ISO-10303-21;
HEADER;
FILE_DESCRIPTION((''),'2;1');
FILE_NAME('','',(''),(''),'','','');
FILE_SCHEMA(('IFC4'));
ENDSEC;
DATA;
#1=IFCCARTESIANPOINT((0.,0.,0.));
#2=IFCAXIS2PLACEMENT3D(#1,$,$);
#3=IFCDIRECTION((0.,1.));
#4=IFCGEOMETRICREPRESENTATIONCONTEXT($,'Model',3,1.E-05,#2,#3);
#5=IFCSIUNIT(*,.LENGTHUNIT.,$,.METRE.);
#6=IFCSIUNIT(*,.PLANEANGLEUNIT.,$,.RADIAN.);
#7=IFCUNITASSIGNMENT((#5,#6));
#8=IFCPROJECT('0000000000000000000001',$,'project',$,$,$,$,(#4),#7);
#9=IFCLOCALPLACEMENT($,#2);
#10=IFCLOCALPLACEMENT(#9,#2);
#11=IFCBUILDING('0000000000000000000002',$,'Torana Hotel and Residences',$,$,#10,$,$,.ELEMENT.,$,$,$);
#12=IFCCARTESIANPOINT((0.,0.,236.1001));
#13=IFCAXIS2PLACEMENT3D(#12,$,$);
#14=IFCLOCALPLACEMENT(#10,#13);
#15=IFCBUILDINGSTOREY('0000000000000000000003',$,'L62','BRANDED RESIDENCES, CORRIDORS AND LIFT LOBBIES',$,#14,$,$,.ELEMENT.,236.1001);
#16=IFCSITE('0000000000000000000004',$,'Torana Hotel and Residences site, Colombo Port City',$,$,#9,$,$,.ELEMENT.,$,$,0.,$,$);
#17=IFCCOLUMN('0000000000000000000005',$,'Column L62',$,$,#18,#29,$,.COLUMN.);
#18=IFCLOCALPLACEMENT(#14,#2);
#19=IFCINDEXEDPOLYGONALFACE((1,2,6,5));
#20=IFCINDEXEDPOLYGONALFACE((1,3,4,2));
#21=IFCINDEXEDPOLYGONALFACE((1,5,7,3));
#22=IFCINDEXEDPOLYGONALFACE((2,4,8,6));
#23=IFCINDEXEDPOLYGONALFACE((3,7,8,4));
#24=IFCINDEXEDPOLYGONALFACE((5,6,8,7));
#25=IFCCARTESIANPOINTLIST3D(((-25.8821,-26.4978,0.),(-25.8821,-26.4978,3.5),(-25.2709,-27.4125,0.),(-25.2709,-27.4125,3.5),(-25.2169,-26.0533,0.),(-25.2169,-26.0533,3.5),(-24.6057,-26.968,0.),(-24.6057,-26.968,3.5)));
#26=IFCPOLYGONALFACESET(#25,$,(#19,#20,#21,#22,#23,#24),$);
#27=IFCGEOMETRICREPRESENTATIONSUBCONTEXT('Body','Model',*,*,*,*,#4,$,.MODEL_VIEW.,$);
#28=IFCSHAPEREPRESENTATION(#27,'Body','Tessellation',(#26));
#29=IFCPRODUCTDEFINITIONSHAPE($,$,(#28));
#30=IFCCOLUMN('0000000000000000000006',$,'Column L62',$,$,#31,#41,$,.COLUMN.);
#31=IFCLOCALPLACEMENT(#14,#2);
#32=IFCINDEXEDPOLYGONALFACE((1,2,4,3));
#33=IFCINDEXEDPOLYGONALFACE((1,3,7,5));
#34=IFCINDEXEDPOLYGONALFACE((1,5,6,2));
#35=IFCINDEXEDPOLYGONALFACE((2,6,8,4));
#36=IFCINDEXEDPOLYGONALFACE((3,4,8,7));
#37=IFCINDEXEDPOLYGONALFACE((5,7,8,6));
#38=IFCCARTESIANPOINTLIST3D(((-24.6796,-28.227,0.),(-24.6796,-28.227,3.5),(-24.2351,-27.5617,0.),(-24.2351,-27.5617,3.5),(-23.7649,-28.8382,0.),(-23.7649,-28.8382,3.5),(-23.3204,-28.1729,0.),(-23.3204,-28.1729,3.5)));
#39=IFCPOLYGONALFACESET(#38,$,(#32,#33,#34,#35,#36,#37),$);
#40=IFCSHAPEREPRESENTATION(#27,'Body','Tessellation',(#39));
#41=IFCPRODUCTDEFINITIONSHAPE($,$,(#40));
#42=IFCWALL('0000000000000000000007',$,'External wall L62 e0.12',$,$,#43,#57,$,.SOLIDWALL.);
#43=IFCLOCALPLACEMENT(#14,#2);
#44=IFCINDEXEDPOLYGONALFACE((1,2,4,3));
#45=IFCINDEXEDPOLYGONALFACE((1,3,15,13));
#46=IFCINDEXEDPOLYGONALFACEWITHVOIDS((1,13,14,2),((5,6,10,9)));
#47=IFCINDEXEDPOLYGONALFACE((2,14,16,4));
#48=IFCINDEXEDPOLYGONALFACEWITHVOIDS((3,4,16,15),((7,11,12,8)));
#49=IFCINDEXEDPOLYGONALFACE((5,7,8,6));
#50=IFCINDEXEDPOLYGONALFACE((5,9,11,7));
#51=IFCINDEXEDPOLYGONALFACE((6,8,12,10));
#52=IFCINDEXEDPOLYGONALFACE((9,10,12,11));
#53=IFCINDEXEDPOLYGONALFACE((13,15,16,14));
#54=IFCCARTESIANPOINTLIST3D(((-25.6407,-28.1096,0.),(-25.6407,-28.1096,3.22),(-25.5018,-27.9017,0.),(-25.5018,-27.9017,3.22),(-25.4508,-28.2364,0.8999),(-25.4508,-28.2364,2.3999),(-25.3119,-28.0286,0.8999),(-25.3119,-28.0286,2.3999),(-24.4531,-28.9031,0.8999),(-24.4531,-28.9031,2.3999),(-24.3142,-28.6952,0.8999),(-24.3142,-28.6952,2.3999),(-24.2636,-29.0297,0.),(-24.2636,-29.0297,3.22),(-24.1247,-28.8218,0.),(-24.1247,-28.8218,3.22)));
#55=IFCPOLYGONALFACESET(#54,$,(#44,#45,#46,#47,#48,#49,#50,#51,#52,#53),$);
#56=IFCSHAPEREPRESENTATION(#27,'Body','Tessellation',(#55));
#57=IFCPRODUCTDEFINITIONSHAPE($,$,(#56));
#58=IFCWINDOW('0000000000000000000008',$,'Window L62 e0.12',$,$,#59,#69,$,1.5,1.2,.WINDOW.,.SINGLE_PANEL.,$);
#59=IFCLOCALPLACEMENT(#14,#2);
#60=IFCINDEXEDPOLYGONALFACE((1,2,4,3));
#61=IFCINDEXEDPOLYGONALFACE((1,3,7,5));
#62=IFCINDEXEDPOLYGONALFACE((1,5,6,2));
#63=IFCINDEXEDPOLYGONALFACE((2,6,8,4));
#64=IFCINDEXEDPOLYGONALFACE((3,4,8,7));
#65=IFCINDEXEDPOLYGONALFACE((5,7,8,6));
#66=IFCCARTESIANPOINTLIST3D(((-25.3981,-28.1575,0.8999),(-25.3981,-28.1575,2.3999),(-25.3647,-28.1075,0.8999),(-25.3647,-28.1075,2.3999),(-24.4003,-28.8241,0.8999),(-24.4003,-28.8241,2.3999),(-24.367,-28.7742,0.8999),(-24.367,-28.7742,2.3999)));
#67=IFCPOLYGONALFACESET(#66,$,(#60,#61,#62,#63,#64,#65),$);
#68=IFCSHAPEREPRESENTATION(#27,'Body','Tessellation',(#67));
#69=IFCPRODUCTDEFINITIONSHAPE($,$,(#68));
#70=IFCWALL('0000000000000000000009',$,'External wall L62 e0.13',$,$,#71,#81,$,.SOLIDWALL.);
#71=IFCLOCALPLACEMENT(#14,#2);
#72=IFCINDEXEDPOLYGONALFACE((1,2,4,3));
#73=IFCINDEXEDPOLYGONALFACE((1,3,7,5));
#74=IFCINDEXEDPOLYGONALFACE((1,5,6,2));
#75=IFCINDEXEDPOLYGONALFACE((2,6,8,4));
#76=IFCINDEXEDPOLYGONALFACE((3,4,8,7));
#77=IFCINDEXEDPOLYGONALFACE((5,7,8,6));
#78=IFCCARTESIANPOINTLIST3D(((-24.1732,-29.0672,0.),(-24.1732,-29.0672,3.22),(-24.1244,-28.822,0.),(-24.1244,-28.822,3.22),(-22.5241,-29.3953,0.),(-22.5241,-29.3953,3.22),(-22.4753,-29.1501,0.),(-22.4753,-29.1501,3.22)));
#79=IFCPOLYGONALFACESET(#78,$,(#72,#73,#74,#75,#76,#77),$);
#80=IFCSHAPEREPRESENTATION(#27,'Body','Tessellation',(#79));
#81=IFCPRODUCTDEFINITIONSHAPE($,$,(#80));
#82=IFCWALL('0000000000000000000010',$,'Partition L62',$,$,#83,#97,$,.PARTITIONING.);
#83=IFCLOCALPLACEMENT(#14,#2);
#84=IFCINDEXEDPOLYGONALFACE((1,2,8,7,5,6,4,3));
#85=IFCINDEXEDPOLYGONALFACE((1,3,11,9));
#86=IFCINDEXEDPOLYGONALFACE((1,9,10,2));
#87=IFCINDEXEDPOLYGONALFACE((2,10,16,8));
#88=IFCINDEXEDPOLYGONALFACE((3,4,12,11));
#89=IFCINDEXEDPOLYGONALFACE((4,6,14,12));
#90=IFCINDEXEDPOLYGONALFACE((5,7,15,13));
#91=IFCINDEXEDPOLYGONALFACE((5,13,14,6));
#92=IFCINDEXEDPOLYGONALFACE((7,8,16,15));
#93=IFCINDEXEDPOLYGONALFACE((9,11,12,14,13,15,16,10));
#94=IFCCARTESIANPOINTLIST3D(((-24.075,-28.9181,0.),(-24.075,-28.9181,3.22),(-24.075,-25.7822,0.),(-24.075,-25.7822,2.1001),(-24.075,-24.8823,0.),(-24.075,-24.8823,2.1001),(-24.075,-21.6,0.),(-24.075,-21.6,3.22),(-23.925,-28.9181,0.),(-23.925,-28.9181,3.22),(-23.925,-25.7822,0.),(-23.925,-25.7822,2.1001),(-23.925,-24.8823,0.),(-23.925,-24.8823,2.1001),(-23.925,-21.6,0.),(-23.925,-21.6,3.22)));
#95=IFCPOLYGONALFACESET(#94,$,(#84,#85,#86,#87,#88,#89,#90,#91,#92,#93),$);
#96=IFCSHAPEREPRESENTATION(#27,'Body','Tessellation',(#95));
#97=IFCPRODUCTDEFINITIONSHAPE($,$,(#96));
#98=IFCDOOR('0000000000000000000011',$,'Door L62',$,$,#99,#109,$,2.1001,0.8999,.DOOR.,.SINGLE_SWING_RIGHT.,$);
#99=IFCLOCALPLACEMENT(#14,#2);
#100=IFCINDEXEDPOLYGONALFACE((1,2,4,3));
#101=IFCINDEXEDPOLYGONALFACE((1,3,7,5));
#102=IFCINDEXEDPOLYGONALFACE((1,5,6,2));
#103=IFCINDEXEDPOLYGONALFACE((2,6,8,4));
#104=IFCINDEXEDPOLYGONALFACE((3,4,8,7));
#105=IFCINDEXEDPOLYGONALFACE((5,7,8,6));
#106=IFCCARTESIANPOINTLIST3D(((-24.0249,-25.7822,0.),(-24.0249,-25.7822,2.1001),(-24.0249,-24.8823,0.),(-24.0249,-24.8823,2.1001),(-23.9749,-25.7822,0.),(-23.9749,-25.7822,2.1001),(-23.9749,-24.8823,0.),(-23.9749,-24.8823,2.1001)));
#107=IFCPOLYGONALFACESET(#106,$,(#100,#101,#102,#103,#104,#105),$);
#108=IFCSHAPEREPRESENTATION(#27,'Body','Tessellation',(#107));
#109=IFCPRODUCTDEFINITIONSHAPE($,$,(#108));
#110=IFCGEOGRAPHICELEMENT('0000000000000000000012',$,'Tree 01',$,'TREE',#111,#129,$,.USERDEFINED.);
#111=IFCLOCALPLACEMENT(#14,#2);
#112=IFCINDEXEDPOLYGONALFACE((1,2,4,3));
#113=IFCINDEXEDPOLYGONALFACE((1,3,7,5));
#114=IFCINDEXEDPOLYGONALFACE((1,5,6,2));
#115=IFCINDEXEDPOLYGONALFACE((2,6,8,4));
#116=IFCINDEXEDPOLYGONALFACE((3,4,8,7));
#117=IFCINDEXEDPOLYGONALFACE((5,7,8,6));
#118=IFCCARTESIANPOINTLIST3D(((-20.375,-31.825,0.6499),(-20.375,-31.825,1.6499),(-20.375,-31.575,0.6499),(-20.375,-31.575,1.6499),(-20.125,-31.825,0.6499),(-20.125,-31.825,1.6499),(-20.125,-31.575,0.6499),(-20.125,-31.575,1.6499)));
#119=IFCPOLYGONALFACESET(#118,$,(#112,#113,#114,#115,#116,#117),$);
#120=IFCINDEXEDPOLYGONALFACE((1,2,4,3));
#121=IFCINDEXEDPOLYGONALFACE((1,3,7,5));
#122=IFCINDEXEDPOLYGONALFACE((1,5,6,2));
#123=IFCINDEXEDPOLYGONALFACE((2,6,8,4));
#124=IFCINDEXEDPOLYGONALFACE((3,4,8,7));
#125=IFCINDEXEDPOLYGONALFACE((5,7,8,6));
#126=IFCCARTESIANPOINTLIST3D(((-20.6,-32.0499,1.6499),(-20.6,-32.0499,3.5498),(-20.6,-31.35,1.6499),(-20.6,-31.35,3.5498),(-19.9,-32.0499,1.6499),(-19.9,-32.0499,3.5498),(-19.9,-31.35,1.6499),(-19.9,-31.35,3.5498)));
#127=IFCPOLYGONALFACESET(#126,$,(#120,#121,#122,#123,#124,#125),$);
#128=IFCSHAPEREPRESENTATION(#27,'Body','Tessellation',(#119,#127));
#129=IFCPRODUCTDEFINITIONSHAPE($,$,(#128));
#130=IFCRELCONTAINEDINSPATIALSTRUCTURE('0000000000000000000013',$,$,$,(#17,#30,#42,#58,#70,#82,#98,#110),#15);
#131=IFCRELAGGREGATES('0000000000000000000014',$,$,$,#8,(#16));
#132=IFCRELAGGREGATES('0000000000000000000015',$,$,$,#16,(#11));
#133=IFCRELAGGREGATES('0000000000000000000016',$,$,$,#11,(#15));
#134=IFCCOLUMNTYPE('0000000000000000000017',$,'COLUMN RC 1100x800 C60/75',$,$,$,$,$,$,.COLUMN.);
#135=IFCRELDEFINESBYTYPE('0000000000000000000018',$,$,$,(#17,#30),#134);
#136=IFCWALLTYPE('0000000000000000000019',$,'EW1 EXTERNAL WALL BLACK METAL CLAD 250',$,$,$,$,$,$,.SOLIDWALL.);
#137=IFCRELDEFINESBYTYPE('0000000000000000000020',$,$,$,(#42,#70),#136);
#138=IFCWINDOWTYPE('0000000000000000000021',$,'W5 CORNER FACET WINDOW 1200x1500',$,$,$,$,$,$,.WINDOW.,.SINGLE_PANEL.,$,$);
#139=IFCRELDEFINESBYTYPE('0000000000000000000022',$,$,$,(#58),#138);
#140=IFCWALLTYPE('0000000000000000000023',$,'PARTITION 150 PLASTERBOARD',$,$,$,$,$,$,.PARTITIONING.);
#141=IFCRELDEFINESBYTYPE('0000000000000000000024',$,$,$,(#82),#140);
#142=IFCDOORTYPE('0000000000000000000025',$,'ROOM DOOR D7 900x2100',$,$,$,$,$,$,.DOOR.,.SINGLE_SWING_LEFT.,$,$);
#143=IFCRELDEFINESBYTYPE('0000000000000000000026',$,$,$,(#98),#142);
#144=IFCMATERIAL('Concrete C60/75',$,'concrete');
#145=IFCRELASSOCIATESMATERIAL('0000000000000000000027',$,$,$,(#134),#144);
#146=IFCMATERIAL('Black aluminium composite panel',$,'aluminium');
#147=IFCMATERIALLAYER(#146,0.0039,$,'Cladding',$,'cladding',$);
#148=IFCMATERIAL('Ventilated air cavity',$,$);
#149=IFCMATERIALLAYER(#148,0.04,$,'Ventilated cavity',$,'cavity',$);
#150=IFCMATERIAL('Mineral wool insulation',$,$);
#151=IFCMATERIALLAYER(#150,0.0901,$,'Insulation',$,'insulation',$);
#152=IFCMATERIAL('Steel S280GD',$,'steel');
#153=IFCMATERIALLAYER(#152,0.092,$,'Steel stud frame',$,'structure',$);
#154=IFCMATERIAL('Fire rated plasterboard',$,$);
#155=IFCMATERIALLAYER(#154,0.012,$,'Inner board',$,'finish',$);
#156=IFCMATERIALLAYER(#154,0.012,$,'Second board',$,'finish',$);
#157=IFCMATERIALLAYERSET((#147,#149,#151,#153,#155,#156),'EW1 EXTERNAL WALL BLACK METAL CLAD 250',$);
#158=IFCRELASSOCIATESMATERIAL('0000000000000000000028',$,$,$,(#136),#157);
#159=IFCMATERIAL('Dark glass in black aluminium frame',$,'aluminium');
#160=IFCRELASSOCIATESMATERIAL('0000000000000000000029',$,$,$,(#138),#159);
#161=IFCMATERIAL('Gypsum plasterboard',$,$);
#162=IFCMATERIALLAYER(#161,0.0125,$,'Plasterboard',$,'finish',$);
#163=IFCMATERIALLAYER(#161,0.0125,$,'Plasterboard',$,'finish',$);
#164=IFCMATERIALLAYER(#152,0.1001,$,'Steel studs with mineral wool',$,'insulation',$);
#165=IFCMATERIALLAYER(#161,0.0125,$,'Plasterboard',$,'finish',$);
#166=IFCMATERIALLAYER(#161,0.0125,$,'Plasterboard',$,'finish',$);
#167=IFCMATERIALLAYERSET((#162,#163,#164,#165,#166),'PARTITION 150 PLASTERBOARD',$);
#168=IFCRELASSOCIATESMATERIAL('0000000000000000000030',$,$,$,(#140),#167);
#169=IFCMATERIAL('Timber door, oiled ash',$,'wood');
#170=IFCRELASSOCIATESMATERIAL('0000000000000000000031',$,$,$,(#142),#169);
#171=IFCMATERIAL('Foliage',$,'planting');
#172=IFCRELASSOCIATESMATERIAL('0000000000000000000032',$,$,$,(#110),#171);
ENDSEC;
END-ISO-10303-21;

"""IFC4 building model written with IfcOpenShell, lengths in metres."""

from ifc_helpers import new_model, si_unit, direction, frame, frame_2d, origin, origin_2d, place, context, subcontext, project, spatial, rectangle, extrude, material, layer, layer_set, material_profile, profile_set, type_object, element, fill, save


model = new_model("IFC4")

# Units and contexts
model_context = context("Model", 3, precision=1e-05, world=origin(), true_north=direction((0.0, 1.0)))
body_context = subcontext(model_context, "Body", "Model", "MODEL_VIEW")
ifc_project = project(units=[si_unit("LENGTHUNIT", "METRE"), si_unit("PLANEANGLEUNIT", "RADIAN")], contexts=[model_context])

# Site, building, storey
site_placement = place(None, origin())
site = spatial("IfcSite", under=ifc_project, at=site_placement, Name="Torana Hotel and Residences site, Colombo Port City", CompositionType="ELEMENT", RefElevation=0.0)
building_placement = place(site_placement, origin())
building = spatial("IfcBuilding", under=site, at=building_placement, Name="Torana Hotel and Residences", CompositionType="ELEMENT")
storey_placement = place(building_placement, frame((0.0, 0.0, 236.1001)))
storey = spatial("IfcBuildingStorey", under=building, at=storey_placement, Name="L62", Description="BRANDED RESIDENCES, CORRIDORS AND LIFT LOBBIES", CompositionType="ELEMENT", Elevation=236.1001)

# Columns
ifc_material_1 = material(Name="Concrete C60/75", Category="concrete")
ifc_material_profile = material_profile(ifc_material_1, rectangle(XDim=1.1001, YDim=0.8, at=origin_2d()), Name="RC 1100x800")
ifc_profile_set = profile_set([ifc_material_profile], Name="Concrete C60/75")
column_type = type_object("IfcColumnType", Name="COLUMN RC 1100x800 C60/75", PredefinedType="COLUMN", material=ifc_profile_set)
for number, where, z_axis, x_axis, name in (
    (1, (-25.2439, -26.7329, 0.0), (0.0, 0.0, 1.0), (-0.555585, 0.83146, 0.0), "Column L62"),
    (2, (-24.0, -28.2, 0.0), (0.0, 0.0, 1.0), (-0.83146, 0.555585, 0.0), "Column L62"),
):
    element("IfcColumn", number, at=place(storey_placement, frame(where, z_axis=z_axis, x_axis=x_axis)), inside=storey, type_object=column_type, Name=name, PredefinedType="COLUMN", context=body_context, shape_type="SweptSolid", body=[
        extrude(rectangle(XDim=1.1001, YDim=0.8, at=origin_2d()), origin(), (0.0, 0.0, 1.0), 3.5),
    ])

# Wall, opening, window
ifc_material_2 = material(Name="Black aluminium composite panel", Category="aluminium")
ifc_layer_1 = layer(ifc_material_2, 0.0039, Name="Cladding", Category="cladding")
ifc_material_3 = material(Name="Ventilated air cavity")
ifc_layer_2 = layer(ifc_material_3, 0.04, Name="Ventilated cavity", Category="cavity")
ifc_material_4 = material(Name="Mineral wool insulation")
ifc_layer_3 = layer(ifc_material_4, 0.0901, Name="Insulation", Category="insulation")
ifc_material_5 = material(Name="Steel S280GD", Category="steel")
ifc_layer_4 = layer(ifc_material_5, 0.092, Name="Steel stud frame", Category="structure")
ifc_material_6 = material(Name="Fire rated plasterboard")
ifc_layer_5 = layer(ifc_material_6, 0.012, Name="Inner board", Category="finish")
ifc_layer_6 = layer(ifc_material_6, 0.012, Name="Second board", Category="finish")
ifc_layer_set_1 = layer_set([ifc_layer_1, ifc_layer_2, ifc_layer_3, ifc_layer_4, ifc_layer_5, ifc_layer_6], Name="EW1 EXTERNAL WALL BLACK METAL CLAD 250")
wall_type_1 = type_object("IfcWallType", Name="EW1 EXTERNAL WALL BLACK METAL CLAD 250", PredefinedType="SOLIDWALL", material=ifc_layer_set_1)
wall_1_placement = place(storey_placement, frame((-25.5713, -28.0056, 0.0), z_axis=(0.0, 0.0, 1.0), x_axis=(0.831483, -0.55555, 0.0)))
wall_1 = element("IfcWall", 3, at=wall_1_placement, inside=storey, type_object=wall_type_1, Name="External wall L62 e0.12", PredefinedType="SOLIDWALL", context=body_context, shape_type="SweptSolid", body=[
    extrude(rectangle(XDim=1.6562, YDim=0.25, at=frame_2d((0.8281, 0.0))), origin(), (0.0, 0.0, 1.0), 3.22),
])
opening_1_placement = place(wall_1_placement, frame((0.2283, 0.0, 0.8999)))
opening_1 = element("IfcOpeningElement", 4, at=opening_1_placement, cuts=wall_1, PredefinedType="OPENING", context=body_context, shape_type="SweptSolid", body=[
    extrude(rectangle(XDim=1.2, YDim=1.5, at=frame_2d((0.6001, 0.75))), frame((0.0, 0.135, 0.0), z_axis=(0.0, -1.0, 0.0), x_axis=(1.0, 0.0, 0.0)), (0.0, 0.0, 1.0), 0.27),
])
ifc_material_7 = material(Name="Dark glass in black aluminium frame", Category="aluminium")
window_type_1 = type_object("IfcWindowType", Name="W5 CORNER FACET WINDOW 1200x1500", PartitioningType="SINGLE_PANEL", PredefinedType="WINDOW", material=ifc_material_7)
window_1_placement = place(opening_1_placement, origin())
window_1 = element("IfcWindow", 5, at=window_1_placement, inside=storey, type_object=window_type_1, Name="Window L62 e0.12", OverallHeight=1.5, OverallWidth=1.2, PartitioningType="SINGLE_PANEL", PredefinedType="WINDOW", context=body_context, shape_type="SweptSolid", body=[
    extrude(rectangle(XDim=1.2, YDim=1.5, at=frame_2d((0.6001, 0.75))), frame((0.0, 0.03, 0.0), z_axis=(0.0, -1.0, 0.0), x_axis=(1.0, 0.0, 0.0)), (0.0, 0.0, 1.0), 0.0601),
])
fill(opening_1, window_1)

# Wall
wall_2_placement = place(storey_placement, frame((-24.1489, -28.9446, 0.0), z_axis=(0.0, 0.0, 1.0), x_axis=(0.980776, -0.195139, 0.0)))
element("IfcWall", 6, at=wall_2_placement, inside=storey, type_object=wall_type_1, Name="External wall L62 e0.13", PredefinedType="SOLIDWALL", context=body_context, shape_type="SweptSolid", body=[
    extrude(rectangle(XDim=1.6814, YDim=0.25, at=frame_2d((0.8408, 0.0))), origin(), (0.0, 0.0, 1.0), 3.22),
])

# Wall, opening, door
ifc_material_8 = material(Name="Gypsum plasterboard")
ifc_layer_7 = layer(ifc_material_8, 0.0125, Name="Plasterboard", Category="finish")
ifc_layer_8 = layer(ifc_material_8, 0.0125, Name="Plasterboard", Category="finish")
ifc_layer_9 = layer(ifc_material_5, 0.1001, Name="Steel studs with mineral wool", Category="insulation")
ifc_layer_10 = layer(ifc_material_8, 0.0125, Name="Plasterboard", Category="finish")
ifc_layer_11 = layer(ifc_material_8, 0.0125, Name="Plasterboard", Category="finish")
ifc_layer_set_2 = layer_set([ifc_layer_7, ifc_layer_8, ifc_layer_9, ifc_layer_10, ifc_layer_11], Name="PARTITION 150 PLASTERBOARD")
wall_type_2 = type_object("IfcWallType", Name="PARTITION 150 PLASTERBOARD", PredefinedType="PARTITIONING", material=ifc_layer_set_2)
wall_3_placement = place(storey_placement, frame((-24.0, -28.9182, 0.0), z_axis=(0.0, 0.0, 1.0), x_axis=(0.0, 1.0, 0.0)))
wall_3 = element("IfcWall", 7, at=wall_3_placement, inside=storey, type_object=wall_type_2, Name="Partition L62", PredefinedType="PARTITIONING", context=body_context, shape_type="SweptSolid", body=[
    extrude(rectangle(XDim=7.3181, YDim=0.1499, at=frame_2d((3.6592, 0.0))), origin(), (0.0, 0.0, 1.0), 3.22),
])
opening_2_placement = place(wall_3_placement, frame((3.136, 0.0, 0.0)))
opening_2 = element("IfcOpeningElement", 8, at=opening_2_placement, cuts=wall_3, PredefinedType="OPENING", context=body_context, shape_type="SweptSolid", body=[
    extrude(rectangle(XDim=0.8999, YDim=2.1001, at=frame_2d((0.45, 1.05))), frame((0.0, 0.085, 0.0), z_axis=(0.0, -1.0, 0.0), x_axis=(1.0, 0.0, 0.0)), (0.0, 0.0, 1.0), 0.1699),
])
ifc_material_9 = material(Name="Timber door, oiled ash", Category="wood")
door_type_1 = type_object("IfcDoorType", Name="ROOM DOOR D7 900x2100", OperationType="SINGLE_SWING_LEFT", PredefinedType="DOOR", material=ifc_material_9)
door_1_placement = place(opening_2_placement, origin())
door_1 = element("IfcDoor", 9, at=door_1_placement, inside=storey, type_object=door_type_1, Name="Door L62", OperationType="SINGLE_SWING_RIGHT", OverallHeight=2.1001, OverallWidth=0.8999, PredefinedType="DOOR", context=body_context, shape_type="SweptSolid", body=[
    extrude(rectangle(XDim=0.8999, YDim=2.1001, at=frame_2d((0.45, 1.05))), frame((0.0, 0.0249, 0.0), z_axis=(0.0, -1.0, 0.0), x_axis=(1.0, 0.0, 0.0)), (0.0, 0.0, 1.0), 0.05),
])
fill(opening_2, door_1)

# Geographic element
ifc_material_10 = material(Name="Foliage", Category="planting")
geographic_element_placement = place(storey_placement, frame((-20.25, -31.7, 0.6499), z_axis=(0.0, 0.0, 1.0), x_axis=(1.0, 0.0, 0.0)))
element("IfcGeographicElement", 10, at=geographic_element_placement, inside=storey, material=ifc_material_10, Name="Tree 01", ObjectType="TREE", PredefinedType="USERDEFINED", context=body_context, shape_type="SweptSolid", body=[
    extrude(rectangle(XDim=0.25, YDim=0.25, at=origin_2d()), origin(), (0.0, 0.0, 1.0), 1.0),
    extrude(rectangle(XDim=0.7, YDim=0.7, at=origin_2d()), frame((0.0, 0.0, 1.0)), (0.0, 0.0, 1.0), 1.8999),
])

save(model, "model.ifc")
